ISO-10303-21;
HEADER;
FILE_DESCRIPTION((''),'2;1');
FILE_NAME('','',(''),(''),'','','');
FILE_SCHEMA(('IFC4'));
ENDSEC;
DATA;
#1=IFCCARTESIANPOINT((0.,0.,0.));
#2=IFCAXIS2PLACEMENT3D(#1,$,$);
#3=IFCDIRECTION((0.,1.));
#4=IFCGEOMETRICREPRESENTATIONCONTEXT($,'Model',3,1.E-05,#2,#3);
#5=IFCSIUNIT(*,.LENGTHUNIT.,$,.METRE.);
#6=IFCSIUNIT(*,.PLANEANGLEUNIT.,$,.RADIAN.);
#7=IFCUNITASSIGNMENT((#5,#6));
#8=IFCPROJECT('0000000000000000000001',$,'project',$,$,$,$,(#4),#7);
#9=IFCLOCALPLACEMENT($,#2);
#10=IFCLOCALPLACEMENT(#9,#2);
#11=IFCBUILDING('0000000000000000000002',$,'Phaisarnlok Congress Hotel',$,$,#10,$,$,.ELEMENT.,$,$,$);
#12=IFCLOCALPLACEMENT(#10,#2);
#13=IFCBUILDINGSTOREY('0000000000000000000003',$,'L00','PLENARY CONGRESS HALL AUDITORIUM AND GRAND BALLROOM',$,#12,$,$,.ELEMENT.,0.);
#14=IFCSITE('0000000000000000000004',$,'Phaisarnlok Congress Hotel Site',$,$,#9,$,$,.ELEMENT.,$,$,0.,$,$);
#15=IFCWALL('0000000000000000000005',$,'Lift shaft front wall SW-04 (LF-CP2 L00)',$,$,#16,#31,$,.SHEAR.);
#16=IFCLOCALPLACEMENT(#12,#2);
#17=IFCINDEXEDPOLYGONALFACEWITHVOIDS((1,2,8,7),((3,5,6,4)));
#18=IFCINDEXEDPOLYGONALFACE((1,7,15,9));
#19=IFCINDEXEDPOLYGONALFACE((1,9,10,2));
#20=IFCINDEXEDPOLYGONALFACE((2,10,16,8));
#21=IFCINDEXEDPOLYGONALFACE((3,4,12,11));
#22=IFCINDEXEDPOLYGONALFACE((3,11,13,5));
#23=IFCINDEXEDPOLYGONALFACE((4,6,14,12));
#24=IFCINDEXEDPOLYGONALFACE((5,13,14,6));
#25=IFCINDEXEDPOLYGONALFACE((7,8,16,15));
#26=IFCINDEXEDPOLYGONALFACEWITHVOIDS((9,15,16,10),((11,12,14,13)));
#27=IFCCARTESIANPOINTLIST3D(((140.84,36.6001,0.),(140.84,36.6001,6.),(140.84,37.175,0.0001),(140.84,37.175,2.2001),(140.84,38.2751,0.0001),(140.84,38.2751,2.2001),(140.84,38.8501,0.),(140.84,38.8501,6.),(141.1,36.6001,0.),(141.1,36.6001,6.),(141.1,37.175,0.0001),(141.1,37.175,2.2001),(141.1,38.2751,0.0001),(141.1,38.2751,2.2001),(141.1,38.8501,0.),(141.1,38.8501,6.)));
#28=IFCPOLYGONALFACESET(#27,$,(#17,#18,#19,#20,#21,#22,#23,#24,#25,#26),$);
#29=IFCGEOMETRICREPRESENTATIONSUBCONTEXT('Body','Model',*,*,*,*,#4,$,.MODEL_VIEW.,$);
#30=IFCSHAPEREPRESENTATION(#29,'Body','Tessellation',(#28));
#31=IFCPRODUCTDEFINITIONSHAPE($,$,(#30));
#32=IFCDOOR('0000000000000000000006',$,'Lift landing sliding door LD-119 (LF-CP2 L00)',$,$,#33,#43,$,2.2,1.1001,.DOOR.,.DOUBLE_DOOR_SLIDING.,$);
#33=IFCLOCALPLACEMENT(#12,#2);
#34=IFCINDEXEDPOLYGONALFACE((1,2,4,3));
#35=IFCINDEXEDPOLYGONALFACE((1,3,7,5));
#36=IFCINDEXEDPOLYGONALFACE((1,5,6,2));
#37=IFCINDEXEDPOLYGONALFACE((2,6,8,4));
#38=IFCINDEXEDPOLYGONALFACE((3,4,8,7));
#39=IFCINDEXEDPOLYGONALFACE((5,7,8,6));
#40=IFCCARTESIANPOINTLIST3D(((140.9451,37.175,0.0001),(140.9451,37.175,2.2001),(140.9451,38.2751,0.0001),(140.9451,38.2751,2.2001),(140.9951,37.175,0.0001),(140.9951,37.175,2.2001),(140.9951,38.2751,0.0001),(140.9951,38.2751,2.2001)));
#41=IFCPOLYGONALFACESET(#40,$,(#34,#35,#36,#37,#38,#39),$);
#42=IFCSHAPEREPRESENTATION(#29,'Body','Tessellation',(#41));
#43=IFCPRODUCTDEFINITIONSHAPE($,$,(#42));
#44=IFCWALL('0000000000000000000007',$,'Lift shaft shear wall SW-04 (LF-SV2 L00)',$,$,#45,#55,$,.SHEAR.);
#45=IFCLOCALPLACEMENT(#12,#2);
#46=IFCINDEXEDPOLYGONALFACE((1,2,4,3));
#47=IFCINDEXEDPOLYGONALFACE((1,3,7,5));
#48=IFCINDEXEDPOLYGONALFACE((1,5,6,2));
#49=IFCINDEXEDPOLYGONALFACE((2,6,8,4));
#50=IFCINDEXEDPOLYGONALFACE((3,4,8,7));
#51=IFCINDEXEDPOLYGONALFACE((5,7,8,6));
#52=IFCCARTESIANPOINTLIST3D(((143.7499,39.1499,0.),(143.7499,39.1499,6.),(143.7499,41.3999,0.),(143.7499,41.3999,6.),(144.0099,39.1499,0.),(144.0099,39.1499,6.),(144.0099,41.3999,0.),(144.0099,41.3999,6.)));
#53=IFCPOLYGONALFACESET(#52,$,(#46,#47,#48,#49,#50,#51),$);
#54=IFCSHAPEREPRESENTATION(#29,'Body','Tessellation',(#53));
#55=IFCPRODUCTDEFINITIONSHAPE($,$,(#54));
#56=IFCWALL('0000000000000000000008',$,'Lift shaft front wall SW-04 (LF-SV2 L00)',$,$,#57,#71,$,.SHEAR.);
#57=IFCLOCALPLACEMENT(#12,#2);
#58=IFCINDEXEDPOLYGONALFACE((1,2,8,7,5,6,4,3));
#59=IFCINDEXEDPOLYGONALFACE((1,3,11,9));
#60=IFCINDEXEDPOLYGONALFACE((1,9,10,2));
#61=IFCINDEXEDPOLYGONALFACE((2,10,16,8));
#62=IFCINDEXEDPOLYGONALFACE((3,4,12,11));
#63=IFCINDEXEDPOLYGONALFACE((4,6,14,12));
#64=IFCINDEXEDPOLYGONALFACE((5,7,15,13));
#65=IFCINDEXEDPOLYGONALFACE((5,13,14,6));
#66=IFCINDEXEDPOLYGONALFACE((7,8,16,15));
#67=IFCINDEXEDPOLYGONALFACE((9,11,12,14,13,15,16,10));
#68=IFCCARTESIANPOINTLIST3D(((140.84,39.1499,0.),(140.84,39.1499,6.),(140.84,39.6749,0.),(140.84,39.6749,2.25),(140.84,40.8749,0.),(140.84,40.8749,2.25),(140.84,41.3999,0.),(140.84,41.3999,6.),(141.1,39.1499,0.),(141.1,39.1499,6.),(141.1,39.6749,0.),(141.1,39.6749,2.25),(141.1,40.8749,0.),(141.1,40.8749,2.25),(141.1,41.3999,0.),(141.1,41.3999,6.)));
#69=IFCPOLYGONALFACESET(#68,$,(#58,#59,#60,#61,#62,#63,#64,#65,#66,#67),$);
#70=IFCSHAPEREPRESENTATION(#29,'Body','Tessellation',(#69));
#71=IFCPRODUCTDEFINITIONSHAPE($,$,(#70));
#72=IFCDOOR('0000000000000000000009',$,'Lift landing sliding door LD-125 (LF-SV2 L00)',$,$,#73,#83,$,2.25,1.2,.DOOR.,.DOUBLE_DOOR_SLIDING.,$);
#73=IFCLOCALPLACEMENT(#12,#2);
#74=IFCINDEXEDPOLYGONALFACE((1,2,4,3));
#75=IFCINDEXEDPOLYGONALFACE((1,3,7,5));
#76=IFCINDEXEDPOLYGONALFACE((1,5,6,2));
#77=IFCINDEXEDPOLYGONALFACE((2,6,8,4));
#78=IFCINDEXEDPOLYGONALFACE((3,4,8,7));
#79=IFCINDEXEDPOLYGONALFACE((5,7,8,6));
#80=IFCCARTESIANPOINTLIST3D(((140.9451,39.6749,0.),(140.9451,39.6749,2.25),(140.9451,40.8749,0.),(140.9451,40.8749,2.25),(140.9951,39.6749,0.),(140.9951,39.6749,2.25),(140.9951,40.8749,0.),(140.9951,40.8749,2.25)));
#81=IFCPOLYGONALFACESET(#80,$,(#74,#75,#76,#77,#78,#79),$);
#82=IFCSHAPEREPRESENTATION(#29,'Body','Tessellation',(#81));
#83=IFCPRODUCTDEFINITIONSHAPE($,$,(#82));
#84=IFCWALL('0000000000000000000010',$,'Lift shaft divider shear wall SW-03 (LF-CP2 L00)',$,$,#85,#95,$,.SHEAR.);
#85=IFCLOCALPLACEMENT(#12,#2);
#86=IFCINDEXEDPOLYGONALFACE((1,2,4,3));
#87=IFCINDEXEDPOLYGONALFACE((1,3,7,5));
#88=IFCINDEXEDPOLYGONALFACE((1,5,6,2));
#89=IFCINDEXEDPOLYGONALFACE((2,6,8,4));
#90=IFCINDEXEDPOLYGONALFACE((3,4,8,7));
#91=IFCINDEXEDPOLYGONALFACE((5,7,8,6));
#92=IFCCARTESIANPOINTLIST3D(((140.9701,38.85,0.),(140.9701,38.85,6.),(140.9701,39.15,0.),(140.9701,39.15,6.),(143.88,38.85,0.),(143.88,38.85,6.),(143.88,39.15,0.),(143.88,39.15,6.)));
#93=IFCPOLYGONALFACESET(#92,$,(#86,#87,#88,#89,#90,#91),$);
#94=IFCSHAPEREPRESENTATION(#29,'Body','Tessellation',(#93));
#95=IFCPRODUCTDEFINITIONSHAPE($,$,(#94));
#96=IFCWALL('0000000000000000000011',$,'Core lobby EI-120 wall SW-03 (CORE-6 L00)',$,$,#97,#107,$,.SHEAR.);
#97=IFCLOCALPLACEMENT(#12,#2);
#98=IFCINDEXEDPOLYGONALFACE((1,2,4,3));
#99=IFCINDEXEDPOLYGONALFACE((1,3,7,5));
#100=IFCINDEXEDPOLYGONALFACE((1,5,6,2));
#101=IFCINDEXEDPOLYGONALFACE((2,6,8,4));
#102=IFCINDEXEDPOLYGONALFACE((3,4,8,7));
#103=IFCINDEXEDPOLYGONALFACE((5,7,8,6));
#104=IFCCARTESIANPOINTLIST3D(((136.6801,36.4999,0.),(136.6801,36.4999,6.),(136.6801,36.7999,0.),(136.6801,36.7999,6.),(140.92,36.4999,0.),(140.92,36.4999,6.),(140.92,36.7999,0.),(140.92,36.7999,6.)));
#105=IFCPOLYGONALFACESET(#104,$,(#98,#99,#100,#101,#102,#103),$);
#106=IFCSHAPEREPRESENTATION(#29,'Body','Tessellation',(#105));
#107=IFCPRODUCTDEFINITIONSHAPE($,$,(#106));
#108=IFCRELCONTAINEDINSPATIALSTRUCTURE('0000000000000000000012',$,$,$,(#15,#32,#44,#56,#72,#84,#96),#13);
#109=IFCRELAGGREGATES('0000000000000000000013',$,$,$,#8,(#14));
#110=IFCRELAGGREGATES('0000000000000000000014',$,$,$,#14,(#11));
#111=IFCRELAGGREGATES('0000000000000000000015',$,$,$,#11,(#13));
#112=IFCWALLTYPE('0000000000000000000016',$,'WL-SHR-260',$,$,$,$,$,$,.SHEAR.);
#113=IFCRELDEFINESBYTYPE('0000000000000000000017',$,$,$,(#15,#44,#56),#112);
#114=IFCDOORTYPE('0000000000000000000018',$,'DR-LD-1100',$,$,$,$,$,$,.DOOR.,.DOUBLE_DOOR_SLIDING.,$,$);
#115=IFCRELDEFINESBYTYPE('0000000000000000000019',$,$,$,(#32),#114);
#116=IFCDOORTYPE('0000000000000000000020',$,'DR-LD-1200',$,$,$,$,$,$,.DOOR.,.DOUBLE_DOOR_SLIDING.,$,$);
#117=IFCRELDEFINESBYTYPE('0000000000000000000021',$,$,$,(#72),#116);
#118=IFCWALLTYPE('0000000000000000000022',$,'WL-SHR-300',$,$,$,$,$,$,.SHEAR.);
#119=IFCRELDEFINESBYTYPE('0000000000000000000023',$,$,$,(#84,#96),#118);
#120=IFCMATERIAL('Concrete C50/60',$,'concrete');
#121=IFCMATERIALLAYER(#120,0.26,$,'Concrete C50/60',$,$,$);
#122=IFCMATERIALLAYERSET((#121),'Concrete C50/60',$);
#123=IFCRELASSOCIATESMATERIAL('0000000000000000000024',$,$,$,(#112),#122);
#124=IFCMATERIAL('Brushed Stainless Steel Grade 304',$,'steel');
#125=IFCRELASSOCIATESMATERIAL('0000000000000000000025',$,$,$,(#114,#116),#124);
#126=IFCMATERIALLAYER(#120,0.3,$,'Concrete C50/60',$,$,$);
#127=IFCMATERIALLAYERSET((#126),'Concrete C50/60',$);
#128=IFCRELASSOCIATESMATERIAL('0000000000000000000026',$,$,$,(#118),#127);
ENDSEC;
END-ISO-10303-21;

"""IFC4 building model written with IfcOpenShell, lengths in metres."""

from ifc_helpers import new_model, si_unit, direction, frame, frame_2d, origin, place, context, subcontext, project, spatial, rectangle, extrude, material, layer, layer_set, type_object, element, fill, save


model = new_model("IFC4")

# Units and contexts
model_context = context("Model", 3, precision=1e-05, world=origin(), true_north=direction((0.0, 1.0)))
body_context = subcontext(model_context, "Body", "Model", "MODEL_VIEW")
ifc_project = project(units=[si_unit("LENGTHUNIT", "METRE"), si_unit("PLANEANGLEUNIT", "RADIAN")], contexts=[model_context])

# Site, building, storey
site_placement = place(None, origin())
site = spatial("IfcSite", under=ifc_project, at=site_placement, Name="Phaisarnlok Congress Hotel Site", CompositionType="ELEMENT", RefElevation=0.0)
building_placement = place(site_placement, origin())
building = spatial("IfcBuilding", under=site, at=building_placement, Name="Phaisarnlok Congress Hotel", CompositionType="ELEMENT")
storey_placement = place(building_placement, origin())
storey = spatial("IfcBuildingStorey", under=building, at=storey_placement, Name="L00", Description="PLENARY CONGRESS HALL AUDITORIUM AND GRAND BALLROOM", CompositionType="ELEMENT", Elevation=0.0)

# Shared definitions
ifc_material_1 = material(Name="Concrete C50/60", Category="concrete")

# Shared definitions
ifc_layer_1 = layer(ifc_material_1, 0.26, Name="Concrete C50/60")
ifc_layer_set_1 = layer_set([ifc_layer_1], Name="Concrete C50/60")
wall_type_1 = type_object("IfcWallType", Name="WL-SHR-260", PredefinedType="SHEAR", material=ifc_layer_set_1)

# Wall, opening, door
wall_1_placement = place(storey_placement, frame((140.97, 36.6001, 0.0), z_axis=(0.0, 0.0, 1.0), x_axis=(0.0, 1.0, 0.0)))
wall_1 = element("IfcWall", 1, at=wall_1_placement, inside=storey, type_object=wall_type_1, Name="Lift shaft front wall SW-04 (LF-CP2 L00)", PredefinedType="SHEAR", context=body_context, shape_type="SweptSolid", body=[
    extrude(rectangle(XDim=2.25, YDim=0.26, at=frame_2d((1.125, 0.0))), origin(), (0.0, 0.0, 1.0), 6.0),
])
opening_1_placement = place(wall_1_placement, frame((0.575, 0.0, 0.0)))
opening_1 = element("IfcOpeningElement", 2, at=opening_1_placement, cuts=wall_1, PredefinedType="OPENING", context=body_context, shape_type="SweptSolid", body=[
    extrude(rectangle(XDim=1.1001, YDim=2.2, at=frame_2d((0.55, 1.1001))), frame((0.0, 0.1401, 0.0), z_axis=(0.0, -1.0, 0.0), x_axis=(1.0, 0.0, 0.0)), (0.0, 0.0, 1.0), 0.28),
])
ifc_material_2 = material(Name="Brushed Stainless Steel Grade 304", Category="steel")
door_type_1 = type_object("IfcDoorType", Name="DR-LD-1100", OperationType="DOUBLE_DOOR_SLIDING", PredefinedType="DOOR", material=ifc_material_2)
door_1_placement = place(opening_1_placement, origin())
door_1 = element("IfcDoor", 3, at=door_1_placement, inside=storey, type_object=door_type_1, Name="Lift landing sliding door LD-119 (LF-CP2 L00)", OperationType="DOUBLE_DOOR_SLIDING", OverallHeight=2.2, OverallWidth=1.1001, PredefinedType="DOOR", context=body_context, shape_type="SweptSolid", body=[
    extrude(rectangle(XDim=1.1001, YDim=2.2, at=frame_2d((0.55, 1.1001))), frame((0.0, 0.0249, 0.0), z_axis=(0.0, -1.0, 0.0), x_axis=(1.0, 0.0, 0.0)), (0.0, 0.0, 1.0), 0.05),
])
fill(opening_1, door_1)

# Wall
wall_2_placement = place(storey_placement, frame((143.8799, 39.1499, 0.0), z_axis=(0.0, 0.0, 1.0), x_axis=(0.0, 1.0, 0.0)))
element("IfcWall", 4, at=wall_2_placement, inside=storey, type_object=wall_type_1, Name="Lift shaft shear wall SW-04 (LF-SV2 L00)", PredefinedType="SHEAR", context=body_context, shape_type="SweptSolid", body=[
    extrude(rectangle(XDim=2.25, YDim=0.26, at=frame_2d((1.125, 0.0))), origin(), (0.0, 0.0, 1.0), 6.0),
])

# Wall, opening, door
wall_3_placement = place(storey_placement, frame((140.97, 39.1499, 0.0), z_axis=(0.0, 0.0, 1.0), x_axis=(0.0, 1.0, 0.0)))
wall_3 = element("IfcWall", 5, at=wall_3_placement, inside=storey, type_object=wall_type_1, Name="Lift shaft front wall SW-04 (LF-SV2 L00)", PredefinedType="SHEAR", context=body_context, shape_type="SweptSolid", body=[
    extrude(rectangle(XDim=2.25, YDim=0.26, at=frame_2d((1.125, 0.0))), origin(), (0.0, 0.0, 1.0), 6.0),
])
opening_2_placement = place(wall_3_placement, frame((0.5249, 0.0, 0.0)))
opening_2 = element("IfcOpeningElement", 6, at=opening_2_placement, cuts=wall_3, PredefinedType="OPENING", context=body_context, shape_type="SweptSolid", body=[
    extrude(rectangle(XDim=1.2, YDim=2.25, at=frame_2d((0.6001, 1.125))), frame((0.0, 0.1401, 0.0), z_axis=(0.0, -1.0, 0.0), x_axis=(1.0, 0.0, 0.0)), (0.0, 0.0, 1.0), 0.28),
])
door_type_2 = type_object("IfcDoorType", Name="DR-LD-1200", OperationType="DOUBLE_DOOR_SLIDING", PredefinedType="DOOR", material=ifc_material_2)
door_2_placement = place(opening_2_placement, origin())
door_2 = element("IfcDoor", 7, at=door_2_placement, inside=storey, type_object=door_type_2, Name="Lift landing sliding door LD-125 (LF-SV2 L00)", OperationType="DOUBLE_DOOR_SLIDING", OverallHeight=2.25, OverallWidth=1.2, PredefinedType="DOOR", context=body_context, shape_type="SweptSolid", body=[
    extrude(rectangle(XDim=1.2, YDim=2.25, at=frame_2d((0.6001, 1.125))), frame((0.0, 0.0249, 0.0), z_axis=(0.0, -1.0, 0.0), x_axis=(1.0, 0.0, 0.0)), (0.0, 0.0, 1.0), 0.05),
])
fill(opening_2, door_2)

# Walls
ifc_layer_2 = layer(ifc_material_1, 0.3, Name="Concrete C50/60")
ifc_layer_set_2 = layer_set([ifc_layer_2], Name="Concrete C50/60")
wall_type_2 = type_object("IfcWallType", Name="WL-SHR-300", PredefinedType="SHEAR", material=ifc_layer_set_2)
wall_4_placement = place(storey_placement, frame((140.97, 39.0, 0.0), z_axis=(0.0, 0.0, 1.0), x_axis=(1.0, 0.0, 0.0)))
element("IfcWall", 8, at=wall_4_placement, inside=storey, type_object=wall_type_2, Name="Lift shaft divider shear wall SW-03 (LF-CP2 L00)", PredefinedType="SHEAR", context=body_context, shape_type="SweptSolid", body=[
    extrude(rectangle(XDim=2.9099, YDim=0.3, at=frame_2d((1.4551, 0.0))), origin(), (0.0, 0.0, 1.0), 6.0),
])
wall_5_placement = place(storey_placement, frame((136.6799, 36.6499, 0.0), z_axis=(0.0, 0.0, 1.0), x_axis=(1.0, 0.0, 0.0)))
element("IfcWall", 9, at=wall_5_placement, inside=storey, type_object=wall_type_2, Name="Core lobby EI-120 wall SW-03 (CORE-6 L00)", PredefinedType="SHEAR", context=body_context, shape_type="SweptSolid", body=[
    extrude(rectangle(XDim=4.24, YDim=0.3, at=frame_2d((2.1201, 0.0))), origin(), (0.0, 0.0, 1.0), 6.0),
])

save(model, "model.ifc")
